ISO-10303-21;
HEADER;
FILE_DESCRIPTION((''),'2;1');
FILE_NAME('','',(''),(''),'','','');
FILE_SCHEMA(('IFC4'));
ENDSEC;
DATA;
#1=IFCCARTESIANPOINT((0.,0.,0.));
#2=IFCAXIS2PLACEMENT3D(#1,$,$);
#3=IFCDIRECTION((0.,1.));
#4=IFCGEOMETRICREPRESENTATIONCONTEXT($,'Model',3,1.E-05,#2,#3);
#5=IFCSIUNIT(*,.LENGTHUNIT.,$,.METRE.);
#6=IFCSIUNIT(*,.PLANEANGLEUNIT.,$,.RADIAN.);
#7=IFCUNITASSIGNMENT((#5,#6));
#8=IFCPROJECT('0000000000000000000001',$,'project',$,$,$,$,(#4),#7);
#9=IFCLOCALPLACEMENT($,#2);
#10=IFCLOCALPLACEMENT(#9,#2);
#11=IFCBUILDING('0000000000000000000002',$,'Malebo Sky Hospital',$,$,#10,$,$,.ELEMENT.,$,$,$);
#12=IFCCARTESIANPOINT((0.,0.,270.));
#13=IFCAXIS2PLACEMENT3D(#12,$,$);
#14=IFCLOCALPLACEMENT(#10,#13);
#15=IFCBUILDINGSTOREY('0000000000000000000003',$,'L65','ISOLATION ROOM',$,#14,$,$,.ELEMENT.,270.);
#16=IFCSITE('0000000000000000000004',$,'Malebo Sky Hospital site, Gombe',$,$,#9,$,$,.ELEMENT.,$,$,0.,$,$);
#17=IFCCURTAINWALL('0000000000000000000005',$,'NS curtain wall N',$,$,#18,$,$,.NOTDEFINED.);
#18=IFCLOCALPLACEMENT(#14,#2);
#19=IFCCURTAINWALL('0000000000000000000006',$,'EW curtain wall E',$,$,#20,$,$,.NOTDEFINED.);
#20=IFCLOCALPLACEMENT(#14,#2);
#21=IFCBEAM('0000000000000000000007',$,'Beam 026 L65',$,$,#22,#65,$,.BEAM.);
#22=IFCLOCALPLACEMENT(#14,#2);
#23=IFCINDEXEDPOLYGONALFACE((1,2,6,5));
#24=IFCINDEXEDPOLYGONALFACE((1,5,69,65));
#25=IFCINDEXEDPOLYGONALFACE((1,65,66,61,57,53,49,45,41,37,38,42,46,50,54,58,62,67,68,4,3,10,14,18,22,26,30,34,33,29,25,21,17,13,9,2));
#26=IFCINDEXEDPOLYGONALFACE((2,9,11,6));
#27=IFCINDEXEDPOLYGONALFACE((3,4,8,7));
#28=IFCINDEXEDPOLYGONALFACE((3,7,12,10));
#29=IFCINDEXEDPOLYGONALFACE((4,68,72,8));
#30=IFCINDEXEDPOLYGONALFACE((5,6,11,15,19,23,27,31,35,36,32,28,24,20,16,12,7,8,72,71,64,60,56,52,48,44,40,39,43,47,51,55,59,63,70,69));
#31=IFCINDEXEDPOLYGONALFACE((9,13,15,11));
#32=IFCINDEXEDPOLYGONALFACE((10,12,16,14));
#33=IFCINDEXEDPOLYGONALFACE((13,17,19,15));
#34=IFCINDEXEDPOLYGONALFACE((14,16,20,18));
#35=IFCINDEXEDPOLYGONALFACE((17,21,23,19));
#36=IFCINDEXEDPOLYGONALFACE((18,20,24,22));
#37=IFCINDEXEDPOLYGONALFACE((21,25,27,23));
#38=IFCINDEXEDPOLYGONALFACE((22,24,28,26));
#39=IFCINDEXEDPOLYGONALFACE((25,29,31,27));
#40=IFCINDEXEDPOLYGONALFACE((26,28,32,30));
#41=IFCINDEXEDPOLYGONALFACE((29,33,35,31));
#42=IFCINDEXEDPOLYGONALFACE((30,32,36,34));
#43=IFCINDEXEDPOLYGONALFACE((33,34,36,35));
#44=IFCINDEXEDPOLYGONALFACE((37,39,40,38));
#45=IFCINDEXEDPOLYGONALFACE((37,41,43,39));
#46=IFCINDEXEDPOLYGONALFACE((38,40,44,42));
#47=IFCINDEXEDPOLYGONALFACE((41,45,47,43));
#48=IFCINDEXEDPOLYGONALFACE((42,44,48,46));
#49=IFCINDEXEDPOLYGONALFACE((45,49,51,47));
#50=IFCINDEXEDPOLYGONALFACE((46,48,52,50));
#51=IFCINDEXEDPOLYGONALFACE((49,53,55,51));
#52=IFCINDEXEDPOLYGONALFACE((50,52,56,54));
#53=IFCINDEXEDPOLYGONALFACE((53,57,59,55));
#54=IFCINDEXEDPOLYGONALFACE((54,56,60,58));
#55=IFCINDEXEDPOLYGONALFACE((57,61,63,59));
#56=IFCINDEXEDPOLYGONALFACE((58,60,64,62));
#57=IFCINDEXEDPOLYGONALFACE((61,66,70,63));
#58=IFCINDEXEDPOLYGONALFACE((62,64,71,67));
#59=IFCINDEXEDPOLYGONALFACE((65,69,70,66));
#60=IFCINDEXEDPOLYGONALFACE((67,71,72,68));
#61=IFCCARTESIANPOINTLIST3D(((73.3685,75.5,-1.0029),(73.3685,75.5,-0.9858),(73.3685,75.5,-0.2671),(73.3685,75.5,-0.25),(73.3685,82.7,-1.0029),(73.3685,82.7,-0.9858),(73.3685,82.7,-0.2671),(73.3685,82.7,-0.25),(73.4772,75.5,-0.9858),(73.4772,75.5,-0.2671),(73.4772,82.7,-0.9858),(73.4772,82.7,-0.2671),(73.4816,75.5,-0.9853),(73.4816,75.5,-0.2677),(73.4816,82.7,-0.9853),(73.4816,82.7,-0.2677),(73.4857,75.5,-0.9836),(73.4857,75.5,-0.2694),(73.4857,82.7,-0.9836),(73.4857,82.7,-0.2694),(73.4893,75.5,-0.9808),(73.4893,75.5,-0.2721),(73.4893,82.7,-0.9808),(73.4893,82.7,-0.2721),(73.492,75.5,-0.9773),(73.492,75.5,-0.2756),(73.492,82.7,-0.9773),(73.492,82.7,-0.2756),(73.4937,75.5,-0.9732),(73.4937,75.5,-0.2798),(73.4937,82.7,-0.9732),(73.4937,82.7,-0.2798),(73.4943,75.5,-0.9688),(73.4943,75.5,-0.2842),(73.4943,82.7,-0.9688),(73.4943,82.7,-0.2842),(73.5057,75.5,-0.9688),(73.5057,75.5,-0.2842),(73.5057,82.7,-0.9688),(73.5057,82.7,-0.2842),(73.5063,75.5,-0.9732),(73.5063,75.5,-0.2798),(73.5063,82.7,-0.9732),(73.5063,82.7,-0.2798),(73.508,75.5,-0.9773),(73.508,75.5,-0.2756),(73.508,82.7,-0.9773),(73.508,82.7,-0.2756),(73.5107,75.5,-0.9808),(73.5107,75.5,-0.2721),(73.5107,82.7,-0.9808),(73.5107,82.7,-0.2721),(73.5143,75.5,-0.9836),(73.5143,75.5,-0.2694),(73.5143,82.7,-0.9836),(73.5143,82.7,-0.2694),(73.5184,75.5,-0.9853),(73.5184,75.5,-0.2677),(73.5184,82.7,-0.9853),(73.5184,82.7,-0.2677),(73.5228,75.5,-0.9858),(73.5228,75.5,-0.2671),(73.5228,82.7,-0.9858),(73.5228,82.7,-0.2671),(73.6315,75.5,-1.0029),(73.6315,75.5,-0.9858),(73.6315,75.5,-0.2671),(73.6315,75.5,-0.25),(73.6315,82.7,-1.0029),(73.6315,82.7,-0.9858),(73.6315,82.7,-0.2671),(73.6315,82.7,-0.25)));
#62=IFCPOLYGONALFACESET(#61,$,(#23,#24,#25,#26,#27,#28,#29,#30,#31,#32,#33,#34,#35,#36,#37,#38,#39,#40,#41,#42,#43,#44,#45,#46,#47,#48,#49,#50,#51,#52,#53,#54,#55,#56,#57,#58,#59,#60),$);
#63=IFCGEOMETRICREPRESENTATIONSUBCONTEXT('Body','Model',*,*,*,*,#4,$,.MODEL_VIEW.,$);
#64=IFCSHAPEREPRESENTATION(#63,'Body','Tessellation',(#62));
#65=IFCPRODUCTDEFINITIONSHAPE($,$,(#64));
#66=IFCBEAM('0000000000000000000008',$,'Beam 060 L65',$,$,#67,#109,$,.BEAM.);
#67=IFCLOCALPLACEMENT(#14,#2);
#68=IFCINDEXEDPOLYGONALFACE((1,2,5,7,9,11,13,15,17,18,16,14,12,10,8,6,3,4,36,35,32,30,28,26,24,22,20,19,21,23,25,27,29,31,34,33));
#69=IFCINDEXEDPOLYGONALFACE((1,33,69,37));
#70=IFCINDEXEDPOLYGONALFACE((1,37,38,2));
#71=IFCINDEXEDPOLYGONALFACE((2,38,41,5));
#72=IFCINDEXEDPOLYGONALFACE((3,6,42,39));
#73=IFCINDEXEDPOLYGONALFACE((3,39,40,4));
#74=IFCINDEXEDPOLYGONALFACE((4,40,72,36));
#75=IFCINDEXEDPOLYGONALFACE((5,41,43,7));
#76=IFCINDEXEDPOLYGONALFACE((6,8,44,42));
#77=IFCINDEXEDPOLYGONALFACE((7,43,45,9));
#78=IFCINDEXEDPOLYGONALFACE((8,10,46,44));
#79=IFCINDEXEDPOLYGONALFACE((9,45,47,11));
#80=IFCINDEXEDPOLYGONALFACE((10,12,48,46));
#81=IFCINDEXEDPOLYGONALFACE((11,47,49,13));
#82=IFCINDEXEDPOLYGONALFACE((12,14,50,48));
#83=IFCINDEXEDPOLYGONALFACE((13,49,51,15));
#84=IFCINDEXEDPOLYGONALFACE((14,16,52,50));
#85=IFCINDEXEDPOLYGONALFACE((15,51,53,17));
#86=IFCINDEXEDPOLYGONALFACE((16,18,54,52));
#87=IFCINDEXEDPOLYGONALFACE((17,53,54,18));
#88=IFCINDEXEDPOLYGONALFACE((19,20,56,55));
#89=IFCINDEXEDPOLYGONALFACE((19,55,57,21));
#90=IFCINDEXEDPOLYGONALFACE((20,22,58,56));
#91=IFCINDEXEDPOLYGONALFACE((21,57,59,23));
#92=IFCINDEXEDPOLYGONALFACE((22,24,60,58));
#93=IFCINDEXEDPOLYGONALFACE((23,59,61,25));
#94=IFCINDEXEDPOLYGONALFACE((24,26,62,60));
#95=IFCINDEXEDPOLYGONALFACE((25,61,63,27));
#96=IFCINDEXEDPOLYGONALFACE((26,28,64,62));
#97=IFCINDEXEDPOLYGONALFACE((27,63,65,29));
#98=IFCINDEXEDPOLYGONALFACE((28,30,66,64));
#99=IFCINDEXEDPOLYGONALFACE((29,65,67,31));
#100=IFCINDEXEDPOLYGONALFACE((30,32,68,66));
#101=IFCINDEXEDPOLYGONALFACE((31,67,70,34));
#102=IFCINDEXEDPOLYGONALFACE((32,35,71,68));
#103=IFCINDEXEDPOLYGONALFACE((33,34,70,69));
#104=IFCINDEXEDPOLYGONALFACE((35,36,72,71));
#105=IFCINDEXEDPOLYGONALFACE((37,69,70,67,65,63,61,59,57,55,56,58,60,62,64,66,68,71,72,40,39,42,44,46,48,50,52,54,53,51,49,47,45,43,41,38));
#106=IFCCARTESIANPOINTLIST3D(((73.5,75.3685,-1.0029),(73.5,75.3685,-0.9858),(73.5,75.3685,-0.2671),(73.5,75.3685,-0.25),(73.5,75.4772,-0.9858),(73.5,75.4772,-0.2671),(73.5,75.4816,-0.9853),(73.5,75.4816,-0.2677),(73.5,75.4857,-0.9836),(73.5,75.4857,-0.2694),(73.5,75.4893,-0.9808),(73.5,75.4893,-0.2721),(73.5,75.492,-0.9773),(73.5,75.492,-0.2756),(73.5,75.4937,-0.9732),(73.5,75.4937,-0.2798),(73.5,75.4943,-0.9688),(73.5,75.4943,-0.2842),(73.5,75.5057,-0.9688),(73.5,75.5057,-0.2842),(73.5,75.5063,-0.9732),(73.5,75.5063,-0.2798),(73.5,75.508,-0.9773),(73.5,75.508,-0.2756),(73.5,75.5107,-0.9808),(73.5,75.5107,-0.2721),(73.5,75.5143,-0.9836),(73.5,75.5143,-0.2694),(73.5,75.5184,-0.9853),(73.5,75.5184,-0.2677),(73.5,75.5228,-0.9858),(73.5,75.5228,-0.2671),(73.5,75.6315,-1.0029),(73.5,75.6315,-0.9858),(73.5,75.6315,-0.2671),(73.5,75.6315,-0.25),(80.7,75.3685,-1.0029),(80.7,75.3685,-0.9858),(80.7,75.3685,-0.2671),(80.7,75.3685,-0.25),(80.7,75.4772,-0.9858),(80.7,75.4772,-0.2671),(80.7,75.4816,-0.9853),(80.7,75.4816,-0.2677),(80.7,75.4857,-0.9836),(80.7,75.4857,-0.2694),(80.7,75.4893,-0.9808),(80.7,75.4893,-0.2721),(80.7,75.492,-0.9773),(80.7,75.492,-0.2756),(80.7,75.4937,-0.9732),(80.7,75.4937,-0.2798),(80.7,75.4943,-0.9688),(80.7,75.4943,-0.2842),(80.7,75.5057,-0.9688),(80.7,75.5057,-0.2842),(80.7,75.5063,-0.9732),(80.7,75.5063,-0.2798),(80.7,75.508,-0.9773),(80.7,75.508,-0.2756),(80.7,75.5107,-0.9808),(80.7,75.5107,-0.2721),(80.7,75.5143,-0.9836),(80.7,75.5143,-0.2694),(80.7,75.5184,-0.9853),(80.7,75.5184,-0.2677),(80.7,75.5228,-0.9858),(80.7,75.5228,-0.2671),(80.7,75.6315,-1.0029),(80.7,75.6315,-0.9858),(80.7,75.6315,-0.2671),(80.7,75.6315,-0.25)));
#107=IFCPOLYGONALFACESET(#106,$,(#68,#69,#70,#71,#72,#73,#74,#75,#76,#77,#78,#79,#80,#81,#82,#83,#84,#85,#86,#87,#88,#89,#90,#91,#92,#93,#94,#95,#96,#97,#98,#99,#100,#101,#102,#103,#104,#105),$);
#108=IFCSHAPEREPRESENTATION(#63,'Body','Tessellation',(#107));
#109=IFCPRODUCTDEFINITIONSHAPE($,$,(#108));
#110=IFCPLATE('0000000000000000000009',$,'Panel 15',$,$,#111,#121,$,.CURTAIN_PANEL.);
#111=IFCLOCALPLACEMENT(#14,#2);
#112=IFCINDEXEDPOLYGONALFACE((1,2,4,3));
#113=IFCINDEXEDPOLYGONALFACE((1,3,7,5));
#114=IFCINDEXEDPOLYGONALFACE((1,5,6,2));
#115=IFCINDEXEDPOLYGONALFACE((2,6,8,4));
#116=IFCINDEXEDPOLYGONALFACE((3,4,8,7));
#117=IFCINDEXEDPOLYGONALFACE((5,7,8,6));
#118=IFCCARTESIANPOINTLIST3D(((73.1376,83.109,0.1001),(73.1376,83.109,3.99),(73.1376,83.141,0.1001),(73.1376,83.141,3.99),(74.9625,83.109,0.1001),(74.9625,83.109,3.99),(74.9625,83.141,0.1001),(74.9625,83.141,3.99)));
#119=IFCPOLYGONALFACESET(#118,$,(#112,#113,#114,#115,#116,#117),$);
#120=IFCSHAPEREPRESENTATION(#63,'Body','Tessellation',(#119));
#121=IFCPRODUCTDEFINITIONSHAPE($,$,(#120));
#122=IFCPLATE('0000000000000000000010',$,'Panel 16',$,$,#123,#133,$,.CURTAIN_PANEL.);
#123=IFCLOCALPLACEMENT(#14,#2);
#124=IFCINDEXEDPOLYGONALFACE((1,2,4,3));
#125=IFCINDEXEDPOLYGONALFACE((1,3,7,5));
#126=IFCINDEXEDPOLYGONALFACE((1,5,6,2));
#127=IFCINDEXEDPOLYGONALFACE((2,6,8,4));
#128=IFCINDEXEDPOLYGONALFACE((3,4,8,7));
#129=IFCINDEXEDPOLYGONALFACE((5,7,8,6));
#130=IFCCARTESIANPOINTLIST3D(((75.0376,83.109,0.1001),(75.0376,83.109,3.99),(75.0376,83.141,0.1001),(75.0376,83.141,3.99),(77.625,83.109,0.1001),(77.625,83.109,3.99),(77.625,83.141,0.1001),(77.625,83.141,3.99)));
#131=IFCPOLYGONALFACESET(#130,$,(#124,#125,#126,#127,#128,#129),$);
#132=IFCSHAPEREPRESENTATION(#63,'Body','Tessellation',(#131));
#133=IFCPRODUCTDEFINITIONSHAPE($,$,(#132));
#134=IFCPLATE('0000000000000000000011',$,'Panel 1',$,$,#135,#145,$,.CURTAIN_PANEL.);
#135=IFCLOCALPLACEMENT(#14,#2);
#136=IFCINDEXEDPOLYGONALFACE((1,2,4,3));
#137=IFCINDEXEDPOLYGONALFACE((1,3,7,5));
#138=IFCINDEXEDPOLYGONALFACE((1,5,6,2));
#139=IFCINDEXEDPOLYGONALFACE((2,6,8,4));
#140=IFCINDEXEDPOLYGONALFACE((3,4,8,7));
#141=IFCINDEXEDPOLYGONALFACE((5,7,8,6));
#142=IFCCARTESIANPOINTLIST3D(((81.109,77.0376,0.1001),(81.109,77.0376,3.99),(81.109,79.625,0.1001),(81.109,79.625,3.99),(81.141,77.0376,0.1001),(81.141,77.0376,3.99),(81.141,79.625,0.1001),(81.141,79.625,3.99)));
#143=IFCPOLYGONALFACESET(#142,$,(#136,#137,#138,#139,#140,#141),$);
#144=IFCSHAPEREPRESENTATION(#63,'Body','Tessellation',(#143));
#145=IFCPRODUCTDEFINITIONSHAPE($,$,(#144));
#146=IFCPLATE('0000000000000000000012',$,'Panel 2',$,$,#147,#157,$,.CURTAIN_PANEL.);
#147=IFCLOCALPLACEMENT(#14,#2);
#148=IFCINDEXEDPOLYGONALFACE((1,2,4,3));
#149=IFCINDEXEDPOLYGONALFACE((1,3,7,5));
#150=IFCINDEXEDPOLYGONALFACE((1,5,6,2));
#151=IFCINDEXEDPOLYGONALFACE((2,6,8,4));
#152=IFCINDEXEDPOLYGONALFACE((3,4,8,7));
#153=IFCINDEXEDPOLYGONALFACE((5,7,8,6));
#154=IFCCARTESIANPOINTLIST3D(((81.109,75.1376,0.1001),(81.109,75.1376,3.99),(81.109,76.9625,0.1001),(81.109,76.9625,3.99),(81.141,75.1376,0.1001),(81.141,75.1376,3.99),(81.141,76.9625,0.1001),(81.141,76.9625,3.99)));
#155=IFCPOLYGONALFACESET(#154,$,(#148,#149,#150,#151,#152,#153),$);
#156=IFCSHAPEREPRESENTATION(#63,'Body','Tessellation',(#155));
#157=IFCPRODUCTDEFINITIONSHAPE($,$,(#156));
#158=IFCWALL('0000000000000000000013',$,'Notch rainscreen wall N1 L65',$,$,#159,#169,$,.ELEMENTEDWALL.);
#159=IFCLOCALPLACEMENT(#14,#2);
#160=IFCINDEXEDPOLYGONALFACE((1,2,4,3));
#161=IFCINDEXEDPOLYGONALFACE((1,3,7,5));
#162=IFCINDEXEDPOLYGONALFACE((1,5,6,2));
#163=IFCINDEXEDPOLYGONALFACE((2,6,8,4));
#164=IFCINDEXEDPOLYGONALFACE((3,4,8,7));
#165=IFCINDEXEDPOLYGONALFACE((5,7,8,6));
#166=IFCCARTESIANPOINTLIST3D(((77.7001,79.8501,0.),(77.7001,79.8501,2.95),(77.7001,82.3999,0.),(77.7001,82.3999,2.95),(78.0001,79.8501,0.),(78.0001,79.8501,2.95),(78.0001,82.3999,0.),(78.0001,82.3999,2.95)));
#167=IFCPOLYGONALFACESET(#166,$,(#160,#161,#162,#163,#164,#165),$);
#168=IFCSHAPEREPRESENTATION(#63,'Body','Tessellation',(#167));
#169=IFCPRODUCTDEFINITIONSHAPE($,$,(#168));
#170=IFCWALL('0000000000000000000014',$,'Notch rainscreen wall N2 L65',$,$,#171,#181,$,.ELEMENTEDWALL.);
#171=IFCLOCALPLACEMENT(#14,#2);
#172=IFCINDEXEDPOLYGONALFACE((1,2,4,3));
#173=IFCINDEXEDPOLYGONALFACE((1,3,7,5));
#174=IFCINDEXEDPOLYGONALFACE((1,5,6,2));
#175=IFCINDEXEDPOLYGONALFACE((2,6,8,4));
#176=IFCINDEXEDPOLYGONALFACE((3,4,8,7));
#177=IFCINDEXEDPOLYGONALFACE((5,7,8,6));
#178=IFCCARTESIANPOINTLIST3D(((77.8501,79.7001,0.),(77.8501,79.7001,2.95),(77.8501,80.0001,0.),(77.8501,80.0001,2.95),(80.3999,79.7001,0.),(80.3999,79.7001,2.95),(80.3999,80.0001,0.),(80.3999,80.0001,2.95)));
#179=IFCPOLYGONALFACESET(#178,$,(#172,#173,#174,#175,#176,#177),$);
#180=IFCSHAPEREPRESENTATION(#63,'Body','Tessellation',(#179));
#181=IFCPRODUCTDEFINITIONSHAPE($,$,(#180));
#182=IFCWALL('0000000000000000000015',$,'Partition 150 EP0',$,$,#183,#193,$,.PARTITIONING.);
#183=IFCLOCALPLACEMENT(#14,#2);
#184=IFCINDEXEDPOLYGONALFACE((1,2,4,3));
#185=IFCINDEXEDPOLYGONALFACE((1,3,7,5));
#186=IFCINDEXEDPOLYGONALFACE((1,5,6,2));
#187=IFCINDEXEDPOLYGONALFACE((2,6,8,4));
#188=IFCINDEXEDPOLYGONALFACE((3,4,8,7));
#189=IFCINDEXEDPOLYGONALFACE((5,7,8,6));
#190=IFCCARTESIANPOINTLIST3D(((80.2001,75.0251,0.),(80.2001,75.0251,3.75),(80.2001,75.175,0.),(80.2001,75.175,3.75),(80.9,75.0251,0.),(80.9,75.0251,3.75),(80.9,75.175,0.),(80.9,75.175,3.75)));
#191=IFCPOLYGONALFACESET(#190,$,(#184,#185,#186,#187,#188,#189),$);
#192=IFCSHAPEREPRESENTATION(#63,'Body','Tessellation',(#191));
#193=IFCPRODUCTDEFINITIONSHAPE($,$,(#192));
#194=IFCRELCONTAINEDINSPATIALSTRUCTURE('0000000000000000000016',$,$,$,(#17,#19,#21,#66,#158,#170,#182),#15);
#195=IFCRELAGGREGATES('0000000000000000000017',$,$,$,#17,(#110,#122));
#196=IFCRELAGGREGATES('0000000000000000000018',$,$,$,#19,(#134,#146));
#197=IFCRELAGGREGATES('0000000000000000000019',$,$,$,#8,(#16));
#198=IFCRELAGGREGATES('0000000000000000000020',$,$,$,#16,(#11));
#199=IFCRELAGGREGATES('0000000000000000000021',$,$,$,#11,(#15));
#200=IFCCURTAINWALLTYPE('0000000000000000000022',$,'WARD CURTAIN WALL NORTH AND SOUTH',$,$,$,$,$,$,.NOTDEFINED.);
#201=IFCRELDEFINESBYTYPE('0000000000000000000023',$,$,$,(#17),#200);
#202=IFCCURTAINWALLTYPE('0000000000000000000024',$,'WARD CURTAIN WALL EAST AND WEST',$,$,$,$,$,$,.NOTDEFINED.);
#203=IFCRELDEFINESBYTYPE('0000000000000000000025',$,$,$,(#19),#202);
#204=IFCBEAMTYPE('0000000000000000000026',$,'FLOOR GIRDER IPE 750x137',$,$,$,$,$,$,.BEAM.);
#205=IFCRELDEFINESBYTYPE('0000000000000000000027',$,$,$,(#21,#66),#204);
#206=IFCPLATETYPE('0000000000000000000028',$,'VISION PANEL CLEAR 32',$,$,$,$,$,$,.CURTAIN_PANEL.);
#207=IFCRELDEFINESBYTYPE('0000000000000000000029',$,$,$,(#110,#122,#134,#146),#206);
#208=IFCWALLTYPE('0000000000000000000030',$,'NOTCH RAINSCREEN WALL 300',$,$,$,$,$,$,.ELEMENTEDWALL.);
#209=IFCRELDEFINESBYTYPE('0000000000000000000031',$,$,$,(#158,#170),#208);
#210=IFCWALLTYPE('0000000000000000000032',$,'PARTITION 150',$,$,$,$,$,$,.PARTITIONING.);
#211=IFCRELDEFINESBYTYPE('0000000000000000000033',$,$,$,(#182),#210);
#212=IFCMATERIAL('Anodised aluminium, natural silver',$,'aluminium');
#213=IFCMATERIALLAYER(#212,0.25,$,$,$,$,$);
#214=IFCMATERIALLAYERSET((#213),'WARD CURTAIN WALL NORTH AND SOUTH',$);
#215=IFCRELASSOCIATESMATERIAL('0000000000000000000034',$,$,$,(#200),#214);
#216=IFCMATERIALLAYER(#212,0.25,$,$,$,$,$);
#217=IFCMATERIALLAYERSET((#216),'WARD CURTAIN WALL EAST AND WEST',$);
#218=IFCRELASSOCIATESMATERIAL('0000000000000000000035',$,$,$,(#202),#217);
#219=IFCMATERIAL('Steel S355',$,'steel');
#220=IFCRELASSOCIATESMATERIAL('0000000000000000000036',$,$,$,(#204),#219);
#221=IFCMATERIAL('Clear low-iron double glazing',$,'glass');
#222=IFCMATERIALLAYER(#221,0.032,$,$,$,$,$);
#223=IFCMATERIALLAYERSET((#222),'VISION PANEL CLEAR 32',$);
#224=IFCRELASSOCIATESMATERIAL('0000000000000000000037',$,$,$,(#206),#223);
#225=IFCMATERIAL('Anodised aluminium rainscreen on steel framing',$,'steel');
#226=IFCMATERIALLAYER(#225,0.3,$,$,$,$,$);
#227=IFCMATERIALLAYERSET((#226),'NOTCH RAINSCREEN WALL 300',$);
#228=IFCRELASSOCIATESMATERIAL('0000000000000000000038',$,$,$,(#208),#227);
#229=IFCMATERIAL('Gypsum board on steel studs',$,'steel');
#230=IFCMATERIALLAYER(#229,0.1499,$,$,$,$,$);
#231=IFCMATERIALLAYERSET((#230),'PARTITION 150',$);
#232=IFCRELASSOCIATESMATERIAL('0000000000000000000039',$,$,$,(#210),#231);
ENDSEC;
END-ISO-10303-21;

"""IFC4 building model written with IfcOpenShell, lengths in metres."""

from ifc_helpers import new_model, si_unit, direction, frame, frame_2d, origin, origin_2d, place, context, subcontext, project, spatial, rectangle, i_section, extrude, material, layer, layer_set, material_profile, profile_set, type_object, element, aggregate, save


model = new_model("IFC4")

# Units and contexts
model_context = context("Model", 3, precision=1e-05, world=origin(), true_north=direction((0.0, 1.0)))
body_context = subcontext(model_context, "Body", "Model", "MODEL_VIEW")
ifc_project = project(units=[si_unit("LENGTHUNIT", "METRE"), si_unit("PLANEANGLEUNIT", "RADIAN")], contexts=[model_context])

# Site, building, storey
site_placement = place(None, origin())
site = spatial("IfcSite", under=ifc_project, at=site_placement, Name="Malebo Sky Hospital site, Gombe", CompositionType="ELEMENT", RefElevation=0.0)
building_placement = place(site_placement, origin())
building = spatial("IfcBuilding", under=site, at=building_placement, Name="Malebo Sky Hospital", CompositionType="ELEMENT")
storey_placement = place(building_placement, frame((0.0, 0.0, 270.0)))
storey = spatial("IfcBuildingStorey", under=building, at=storey_placement, Name="L65", Description="ISOLATION ROOM", CompositionType="ELEMENT", Elevation=270.0)

# Curtain wall
ifc_material_1 = material(Name="Anodised aluminium, natural silver", Category="aluminium")
ifc_layer_1 = layer(ifc_material_1, 0.25)
ifc_layer_set_1 = layer_set([ifc_layer_1], Name="WARD CURTAIN WALL NORTH AND SOUTH")
curtain_wall_type_1 = type_object("IfcCurtainWallType", Name="WARD CURTAIN WALL NORTH AND SOUTH", PredefinedType="NOTDEFINED", material=ifc_layer_set_1)
curtain_wall_1_placement = place(storey_placement, origin())
curtain_wall_1 = element("IfcCurtainWall", 1, at=curtain_wall_1_placement, inside=storey, type_object=curtain_wall_type_1, Name="NS curtain wall N", PredefinedType="NOTDEFINED")

# Curtain wall
ifc_layer_2 = layer(ifc_material_1, 0.25)
ifc_layer_set_2 = layer_set([ifc_layer_2], Name="WARD CURTAIN WALL EAST AND WEST")
curtain_wall_type_2 = type_object("IfcCurtainWallType", Name="WARD CURTAIN WALL EAST AND WEST", PredefinedType="NOTDEFINED", material=ifc_layer_set_2)
curtain_wall_2_placement = place(storey_placement, origin())
curtain_wall_2 = element("IfcCurtainWall", 2, at=curtain_wall_2_placement, inside=storey, type_object=curtain_wall_type_2, Name="EW curtain wall E", PredefinedType="NOTDEFINED")

# Beams
ifc_material_2 = material(Name="Steel S355", Category="steel")
ifc_material_profile_1 = material_profile(ifc_material_2, i_section(OverallWidth=0.2629, OverallDepth=0.7529, WebThickness=0.0115, FlangeThickness=0.0171, FilletRadius=0.0171, at=origin_2d()), Name="IPE 750x137")
ifc_profile_set_1 = profile_set([ifc_material_profile_1], Name="Steel S355")
beam_type_1 = type_object("IfcBeamType", Name="FLOOR GIRDER IPE 750x137", PredefinedType="BEAM", material=ifc_profile_set_1)
for number, where, z_axis, x_axis, name in (
    (3, (73.5, 75.5, -0.6265), (0.0, 1.0, 0.0), (-1.0, 0.0, 0.0), "Beam 026 L65"),
    (4, (73.5, 75.5, -0.6265), (1.0, 0.0, 0.0), (0.0, 1.0, 0.0), "Beam 060 L65"),
):
    element("IfcBeam", number, at=place(storey_placement, frame(where, z_axis=z_axis, x_axis=x_axis)), inside=storey, type_object=beam_type_1, Name=name, PredefinedType="BEAM", context=body_context, shape_type="SweptSolid", body=[
        extrude(i_section(OverallWidth=0.2629, OverallDepth=0.7529, WebThickness=0.0115, FlangeThickness=0.0171, FilletRadius=0.0171, at=origin_2d()), origin(), (0.0, 0.0, 1.0), 7.2),
    ])

# Plates
ifc_material_3 = material(Name="Clear low-iron double glazing", Category="glass")
ifc_layer_3 = layer(ifc_material_3, 0.032)
ifc_layer_set_3 = layer_set([ifc_layer_3], Name="VISION PANEL CLEAR 32")
plate_type = type_object("IfcPlateType", Name="VISION PANEL CLEAR 32", PredefinedType="CURTAIN_PANEL", material=ifc_layer_set_3)
plate_1_placement = place(storey_placement, frame((74.05, 83.125, 0.1001), z_axis=(0.0, 0.0, 1.0), x_axis=(1.0, 0.0, 0.0)))
plate_1 = element("IfcPlate", 5, at=plate_1_placement, type_object=plate_type, Name="Panel 15", PredefinedType="CURTAIN_PANEL", context=body_context, shape_type="SweptSolid", body=[
    extrude(rectangle(XDim=1.825, YDim=0.032, at=origin_2d()), origin(), (0.0, 0.0, 1.0), 3.8899),
])
plate_2_placement = place(storey_placement, frame((76.3313, 83.125, 0.1001), z_axis=(0.0, 0.0, 1.0), x_axis=(1.0, 0.0, 0.0)))
plate_2 = element("IfcPlate", 6, at=plate_2_placement, type_object=plate_type, Name="Panel 16", PredefinedType="CURTAIN_PANEL", context=body_context, shape_type="SweptSolid", body=[
    extrude(rectangle(XDim=2.5874, YDim=0.032, at=origin_2d()), origin(), (0.0, 0.0, 1.0), 3.8899),
])
aggregate(curtain_wall_1, [plate_1, plate_2])
plate_3_placement = place(storey_placement, frame((81.125, 78.3313, 0.1001), z_axis=(0.0, 0.0, 1.0), x_axis=(0.0, -1.0, 0.0)))
plate_3 = element("IfcPlate", 7, at=plate_3_placement, type_object=plate_type, Name="Panel 1", PredefinedType="CURTAIN_PANEL", context=body_context, shape_type="SweptSolid", body=[
    extrude(rectangle(XDim=2.5874, YDim=0.032, at=origin_2d()), origin(), (0.0, 0.0, 1.0), 3.8899),
])
plate_4_placement = place(storey_placement, frame((81.125, 76.05, 0.1001), z_axis=(0.0, 0.0, 1.0), x_axis=(0.0, -1.0, 0.0)))
plate_4 = element("IfcPlate", 8, at=plate_4_placement, type_object=plate_type, Name="Panel 2", PredefinedType="CURTAIN_PANEL", context=body_context, shape_type="SweptSolid", body=[
    extrude(rectangle(XDim=1.825, YDim=0.032, at=origin_2d()), origin(), (0.0, 0.0, 1.0), 3.8899),
])
aggregate(curtain_wall_2, [plate_3, plate_4])

# Walls
ifc_material_4 = material(Name="Anodised aluminium rainscreen on steel framing", Category="steel")
ifc_layer_4 = layer(ifc_material_4, 0.3)
ifc_layer_set_4 = layer_set([ifc_layer_4], Name="NOTCH RAINSCREEN WALL 300")
wall_type_1 = type_object("IfcWallType", Name="NOTCH RAINSCREEN WALL 300", PredefinedType="ELEMENTEDWALL", material=ifc_layer_set_4)
for number, where, z_axis, x_axis, name in (
    (9, (77.8501, 82.3999, 0.0), (0.0, 0.0, 1.0), (0.0, -1.0, 0.0), "Notch rainscreen wall N1 L65"),
    (10, (77.8501, 79.8501, 0.0), (0.0, 0.0, 1.0), (1.0, 0.0, 0.0), "Notch rainscreen wall N2 L65"),
):
    element("IfcWall", number, at=place(storey_placement, frame(where, z_axis=z_axis, x_axis=x_axis)), inside=storey, type_object=wall_type_1, Name=name, PredefinedType="ELEMENTEDWALL", context=body_context, shape_type="SweptSolid", body=[
        extrude(rectangle(XDim=2.5498, YDim=0.3, at=frame_2d((1.2749, 0.0))), origin(), (0.0, 0.0, 1.0), 2.95),
    ])
ifc_material_5 = material(Name="Gypsum board on steel studs", Category="steel")
ifc_layer_5 = layer(ifc_material_5, 0.1499)
ifc_layer_set_5 = layer_set([ifc_layer_5], Name="PARTITION 150")
wall_type_2 = type_object("IfcWallType", Name="PARTITION 150", PredefinedType="PARTITIONING", material=ifc_layer_set_5)
wall_1_placement = place(storey_placement, frame((80.2, 75.1001, 0.0), z_axis=(0.0, 0.0, 1.0), x_axis=(1.0, 0.0, 0.0)))
element("IfcWall", 11, at=wall_1_placement, inside=storey, type_object=wall_type_2, Name="Partition 150 EP0", PredefinedType="PARTITIONING", context=body_context, shape_type="SweptSolid", body=[
    extrude(rectangle(XDim=0.7, YDim=0.1499, at=frame_2d((0.3501, 0.0))), origin(), (0.0, 0.0, 1.0), 3.75),
])

save(model, "model.ifc")
